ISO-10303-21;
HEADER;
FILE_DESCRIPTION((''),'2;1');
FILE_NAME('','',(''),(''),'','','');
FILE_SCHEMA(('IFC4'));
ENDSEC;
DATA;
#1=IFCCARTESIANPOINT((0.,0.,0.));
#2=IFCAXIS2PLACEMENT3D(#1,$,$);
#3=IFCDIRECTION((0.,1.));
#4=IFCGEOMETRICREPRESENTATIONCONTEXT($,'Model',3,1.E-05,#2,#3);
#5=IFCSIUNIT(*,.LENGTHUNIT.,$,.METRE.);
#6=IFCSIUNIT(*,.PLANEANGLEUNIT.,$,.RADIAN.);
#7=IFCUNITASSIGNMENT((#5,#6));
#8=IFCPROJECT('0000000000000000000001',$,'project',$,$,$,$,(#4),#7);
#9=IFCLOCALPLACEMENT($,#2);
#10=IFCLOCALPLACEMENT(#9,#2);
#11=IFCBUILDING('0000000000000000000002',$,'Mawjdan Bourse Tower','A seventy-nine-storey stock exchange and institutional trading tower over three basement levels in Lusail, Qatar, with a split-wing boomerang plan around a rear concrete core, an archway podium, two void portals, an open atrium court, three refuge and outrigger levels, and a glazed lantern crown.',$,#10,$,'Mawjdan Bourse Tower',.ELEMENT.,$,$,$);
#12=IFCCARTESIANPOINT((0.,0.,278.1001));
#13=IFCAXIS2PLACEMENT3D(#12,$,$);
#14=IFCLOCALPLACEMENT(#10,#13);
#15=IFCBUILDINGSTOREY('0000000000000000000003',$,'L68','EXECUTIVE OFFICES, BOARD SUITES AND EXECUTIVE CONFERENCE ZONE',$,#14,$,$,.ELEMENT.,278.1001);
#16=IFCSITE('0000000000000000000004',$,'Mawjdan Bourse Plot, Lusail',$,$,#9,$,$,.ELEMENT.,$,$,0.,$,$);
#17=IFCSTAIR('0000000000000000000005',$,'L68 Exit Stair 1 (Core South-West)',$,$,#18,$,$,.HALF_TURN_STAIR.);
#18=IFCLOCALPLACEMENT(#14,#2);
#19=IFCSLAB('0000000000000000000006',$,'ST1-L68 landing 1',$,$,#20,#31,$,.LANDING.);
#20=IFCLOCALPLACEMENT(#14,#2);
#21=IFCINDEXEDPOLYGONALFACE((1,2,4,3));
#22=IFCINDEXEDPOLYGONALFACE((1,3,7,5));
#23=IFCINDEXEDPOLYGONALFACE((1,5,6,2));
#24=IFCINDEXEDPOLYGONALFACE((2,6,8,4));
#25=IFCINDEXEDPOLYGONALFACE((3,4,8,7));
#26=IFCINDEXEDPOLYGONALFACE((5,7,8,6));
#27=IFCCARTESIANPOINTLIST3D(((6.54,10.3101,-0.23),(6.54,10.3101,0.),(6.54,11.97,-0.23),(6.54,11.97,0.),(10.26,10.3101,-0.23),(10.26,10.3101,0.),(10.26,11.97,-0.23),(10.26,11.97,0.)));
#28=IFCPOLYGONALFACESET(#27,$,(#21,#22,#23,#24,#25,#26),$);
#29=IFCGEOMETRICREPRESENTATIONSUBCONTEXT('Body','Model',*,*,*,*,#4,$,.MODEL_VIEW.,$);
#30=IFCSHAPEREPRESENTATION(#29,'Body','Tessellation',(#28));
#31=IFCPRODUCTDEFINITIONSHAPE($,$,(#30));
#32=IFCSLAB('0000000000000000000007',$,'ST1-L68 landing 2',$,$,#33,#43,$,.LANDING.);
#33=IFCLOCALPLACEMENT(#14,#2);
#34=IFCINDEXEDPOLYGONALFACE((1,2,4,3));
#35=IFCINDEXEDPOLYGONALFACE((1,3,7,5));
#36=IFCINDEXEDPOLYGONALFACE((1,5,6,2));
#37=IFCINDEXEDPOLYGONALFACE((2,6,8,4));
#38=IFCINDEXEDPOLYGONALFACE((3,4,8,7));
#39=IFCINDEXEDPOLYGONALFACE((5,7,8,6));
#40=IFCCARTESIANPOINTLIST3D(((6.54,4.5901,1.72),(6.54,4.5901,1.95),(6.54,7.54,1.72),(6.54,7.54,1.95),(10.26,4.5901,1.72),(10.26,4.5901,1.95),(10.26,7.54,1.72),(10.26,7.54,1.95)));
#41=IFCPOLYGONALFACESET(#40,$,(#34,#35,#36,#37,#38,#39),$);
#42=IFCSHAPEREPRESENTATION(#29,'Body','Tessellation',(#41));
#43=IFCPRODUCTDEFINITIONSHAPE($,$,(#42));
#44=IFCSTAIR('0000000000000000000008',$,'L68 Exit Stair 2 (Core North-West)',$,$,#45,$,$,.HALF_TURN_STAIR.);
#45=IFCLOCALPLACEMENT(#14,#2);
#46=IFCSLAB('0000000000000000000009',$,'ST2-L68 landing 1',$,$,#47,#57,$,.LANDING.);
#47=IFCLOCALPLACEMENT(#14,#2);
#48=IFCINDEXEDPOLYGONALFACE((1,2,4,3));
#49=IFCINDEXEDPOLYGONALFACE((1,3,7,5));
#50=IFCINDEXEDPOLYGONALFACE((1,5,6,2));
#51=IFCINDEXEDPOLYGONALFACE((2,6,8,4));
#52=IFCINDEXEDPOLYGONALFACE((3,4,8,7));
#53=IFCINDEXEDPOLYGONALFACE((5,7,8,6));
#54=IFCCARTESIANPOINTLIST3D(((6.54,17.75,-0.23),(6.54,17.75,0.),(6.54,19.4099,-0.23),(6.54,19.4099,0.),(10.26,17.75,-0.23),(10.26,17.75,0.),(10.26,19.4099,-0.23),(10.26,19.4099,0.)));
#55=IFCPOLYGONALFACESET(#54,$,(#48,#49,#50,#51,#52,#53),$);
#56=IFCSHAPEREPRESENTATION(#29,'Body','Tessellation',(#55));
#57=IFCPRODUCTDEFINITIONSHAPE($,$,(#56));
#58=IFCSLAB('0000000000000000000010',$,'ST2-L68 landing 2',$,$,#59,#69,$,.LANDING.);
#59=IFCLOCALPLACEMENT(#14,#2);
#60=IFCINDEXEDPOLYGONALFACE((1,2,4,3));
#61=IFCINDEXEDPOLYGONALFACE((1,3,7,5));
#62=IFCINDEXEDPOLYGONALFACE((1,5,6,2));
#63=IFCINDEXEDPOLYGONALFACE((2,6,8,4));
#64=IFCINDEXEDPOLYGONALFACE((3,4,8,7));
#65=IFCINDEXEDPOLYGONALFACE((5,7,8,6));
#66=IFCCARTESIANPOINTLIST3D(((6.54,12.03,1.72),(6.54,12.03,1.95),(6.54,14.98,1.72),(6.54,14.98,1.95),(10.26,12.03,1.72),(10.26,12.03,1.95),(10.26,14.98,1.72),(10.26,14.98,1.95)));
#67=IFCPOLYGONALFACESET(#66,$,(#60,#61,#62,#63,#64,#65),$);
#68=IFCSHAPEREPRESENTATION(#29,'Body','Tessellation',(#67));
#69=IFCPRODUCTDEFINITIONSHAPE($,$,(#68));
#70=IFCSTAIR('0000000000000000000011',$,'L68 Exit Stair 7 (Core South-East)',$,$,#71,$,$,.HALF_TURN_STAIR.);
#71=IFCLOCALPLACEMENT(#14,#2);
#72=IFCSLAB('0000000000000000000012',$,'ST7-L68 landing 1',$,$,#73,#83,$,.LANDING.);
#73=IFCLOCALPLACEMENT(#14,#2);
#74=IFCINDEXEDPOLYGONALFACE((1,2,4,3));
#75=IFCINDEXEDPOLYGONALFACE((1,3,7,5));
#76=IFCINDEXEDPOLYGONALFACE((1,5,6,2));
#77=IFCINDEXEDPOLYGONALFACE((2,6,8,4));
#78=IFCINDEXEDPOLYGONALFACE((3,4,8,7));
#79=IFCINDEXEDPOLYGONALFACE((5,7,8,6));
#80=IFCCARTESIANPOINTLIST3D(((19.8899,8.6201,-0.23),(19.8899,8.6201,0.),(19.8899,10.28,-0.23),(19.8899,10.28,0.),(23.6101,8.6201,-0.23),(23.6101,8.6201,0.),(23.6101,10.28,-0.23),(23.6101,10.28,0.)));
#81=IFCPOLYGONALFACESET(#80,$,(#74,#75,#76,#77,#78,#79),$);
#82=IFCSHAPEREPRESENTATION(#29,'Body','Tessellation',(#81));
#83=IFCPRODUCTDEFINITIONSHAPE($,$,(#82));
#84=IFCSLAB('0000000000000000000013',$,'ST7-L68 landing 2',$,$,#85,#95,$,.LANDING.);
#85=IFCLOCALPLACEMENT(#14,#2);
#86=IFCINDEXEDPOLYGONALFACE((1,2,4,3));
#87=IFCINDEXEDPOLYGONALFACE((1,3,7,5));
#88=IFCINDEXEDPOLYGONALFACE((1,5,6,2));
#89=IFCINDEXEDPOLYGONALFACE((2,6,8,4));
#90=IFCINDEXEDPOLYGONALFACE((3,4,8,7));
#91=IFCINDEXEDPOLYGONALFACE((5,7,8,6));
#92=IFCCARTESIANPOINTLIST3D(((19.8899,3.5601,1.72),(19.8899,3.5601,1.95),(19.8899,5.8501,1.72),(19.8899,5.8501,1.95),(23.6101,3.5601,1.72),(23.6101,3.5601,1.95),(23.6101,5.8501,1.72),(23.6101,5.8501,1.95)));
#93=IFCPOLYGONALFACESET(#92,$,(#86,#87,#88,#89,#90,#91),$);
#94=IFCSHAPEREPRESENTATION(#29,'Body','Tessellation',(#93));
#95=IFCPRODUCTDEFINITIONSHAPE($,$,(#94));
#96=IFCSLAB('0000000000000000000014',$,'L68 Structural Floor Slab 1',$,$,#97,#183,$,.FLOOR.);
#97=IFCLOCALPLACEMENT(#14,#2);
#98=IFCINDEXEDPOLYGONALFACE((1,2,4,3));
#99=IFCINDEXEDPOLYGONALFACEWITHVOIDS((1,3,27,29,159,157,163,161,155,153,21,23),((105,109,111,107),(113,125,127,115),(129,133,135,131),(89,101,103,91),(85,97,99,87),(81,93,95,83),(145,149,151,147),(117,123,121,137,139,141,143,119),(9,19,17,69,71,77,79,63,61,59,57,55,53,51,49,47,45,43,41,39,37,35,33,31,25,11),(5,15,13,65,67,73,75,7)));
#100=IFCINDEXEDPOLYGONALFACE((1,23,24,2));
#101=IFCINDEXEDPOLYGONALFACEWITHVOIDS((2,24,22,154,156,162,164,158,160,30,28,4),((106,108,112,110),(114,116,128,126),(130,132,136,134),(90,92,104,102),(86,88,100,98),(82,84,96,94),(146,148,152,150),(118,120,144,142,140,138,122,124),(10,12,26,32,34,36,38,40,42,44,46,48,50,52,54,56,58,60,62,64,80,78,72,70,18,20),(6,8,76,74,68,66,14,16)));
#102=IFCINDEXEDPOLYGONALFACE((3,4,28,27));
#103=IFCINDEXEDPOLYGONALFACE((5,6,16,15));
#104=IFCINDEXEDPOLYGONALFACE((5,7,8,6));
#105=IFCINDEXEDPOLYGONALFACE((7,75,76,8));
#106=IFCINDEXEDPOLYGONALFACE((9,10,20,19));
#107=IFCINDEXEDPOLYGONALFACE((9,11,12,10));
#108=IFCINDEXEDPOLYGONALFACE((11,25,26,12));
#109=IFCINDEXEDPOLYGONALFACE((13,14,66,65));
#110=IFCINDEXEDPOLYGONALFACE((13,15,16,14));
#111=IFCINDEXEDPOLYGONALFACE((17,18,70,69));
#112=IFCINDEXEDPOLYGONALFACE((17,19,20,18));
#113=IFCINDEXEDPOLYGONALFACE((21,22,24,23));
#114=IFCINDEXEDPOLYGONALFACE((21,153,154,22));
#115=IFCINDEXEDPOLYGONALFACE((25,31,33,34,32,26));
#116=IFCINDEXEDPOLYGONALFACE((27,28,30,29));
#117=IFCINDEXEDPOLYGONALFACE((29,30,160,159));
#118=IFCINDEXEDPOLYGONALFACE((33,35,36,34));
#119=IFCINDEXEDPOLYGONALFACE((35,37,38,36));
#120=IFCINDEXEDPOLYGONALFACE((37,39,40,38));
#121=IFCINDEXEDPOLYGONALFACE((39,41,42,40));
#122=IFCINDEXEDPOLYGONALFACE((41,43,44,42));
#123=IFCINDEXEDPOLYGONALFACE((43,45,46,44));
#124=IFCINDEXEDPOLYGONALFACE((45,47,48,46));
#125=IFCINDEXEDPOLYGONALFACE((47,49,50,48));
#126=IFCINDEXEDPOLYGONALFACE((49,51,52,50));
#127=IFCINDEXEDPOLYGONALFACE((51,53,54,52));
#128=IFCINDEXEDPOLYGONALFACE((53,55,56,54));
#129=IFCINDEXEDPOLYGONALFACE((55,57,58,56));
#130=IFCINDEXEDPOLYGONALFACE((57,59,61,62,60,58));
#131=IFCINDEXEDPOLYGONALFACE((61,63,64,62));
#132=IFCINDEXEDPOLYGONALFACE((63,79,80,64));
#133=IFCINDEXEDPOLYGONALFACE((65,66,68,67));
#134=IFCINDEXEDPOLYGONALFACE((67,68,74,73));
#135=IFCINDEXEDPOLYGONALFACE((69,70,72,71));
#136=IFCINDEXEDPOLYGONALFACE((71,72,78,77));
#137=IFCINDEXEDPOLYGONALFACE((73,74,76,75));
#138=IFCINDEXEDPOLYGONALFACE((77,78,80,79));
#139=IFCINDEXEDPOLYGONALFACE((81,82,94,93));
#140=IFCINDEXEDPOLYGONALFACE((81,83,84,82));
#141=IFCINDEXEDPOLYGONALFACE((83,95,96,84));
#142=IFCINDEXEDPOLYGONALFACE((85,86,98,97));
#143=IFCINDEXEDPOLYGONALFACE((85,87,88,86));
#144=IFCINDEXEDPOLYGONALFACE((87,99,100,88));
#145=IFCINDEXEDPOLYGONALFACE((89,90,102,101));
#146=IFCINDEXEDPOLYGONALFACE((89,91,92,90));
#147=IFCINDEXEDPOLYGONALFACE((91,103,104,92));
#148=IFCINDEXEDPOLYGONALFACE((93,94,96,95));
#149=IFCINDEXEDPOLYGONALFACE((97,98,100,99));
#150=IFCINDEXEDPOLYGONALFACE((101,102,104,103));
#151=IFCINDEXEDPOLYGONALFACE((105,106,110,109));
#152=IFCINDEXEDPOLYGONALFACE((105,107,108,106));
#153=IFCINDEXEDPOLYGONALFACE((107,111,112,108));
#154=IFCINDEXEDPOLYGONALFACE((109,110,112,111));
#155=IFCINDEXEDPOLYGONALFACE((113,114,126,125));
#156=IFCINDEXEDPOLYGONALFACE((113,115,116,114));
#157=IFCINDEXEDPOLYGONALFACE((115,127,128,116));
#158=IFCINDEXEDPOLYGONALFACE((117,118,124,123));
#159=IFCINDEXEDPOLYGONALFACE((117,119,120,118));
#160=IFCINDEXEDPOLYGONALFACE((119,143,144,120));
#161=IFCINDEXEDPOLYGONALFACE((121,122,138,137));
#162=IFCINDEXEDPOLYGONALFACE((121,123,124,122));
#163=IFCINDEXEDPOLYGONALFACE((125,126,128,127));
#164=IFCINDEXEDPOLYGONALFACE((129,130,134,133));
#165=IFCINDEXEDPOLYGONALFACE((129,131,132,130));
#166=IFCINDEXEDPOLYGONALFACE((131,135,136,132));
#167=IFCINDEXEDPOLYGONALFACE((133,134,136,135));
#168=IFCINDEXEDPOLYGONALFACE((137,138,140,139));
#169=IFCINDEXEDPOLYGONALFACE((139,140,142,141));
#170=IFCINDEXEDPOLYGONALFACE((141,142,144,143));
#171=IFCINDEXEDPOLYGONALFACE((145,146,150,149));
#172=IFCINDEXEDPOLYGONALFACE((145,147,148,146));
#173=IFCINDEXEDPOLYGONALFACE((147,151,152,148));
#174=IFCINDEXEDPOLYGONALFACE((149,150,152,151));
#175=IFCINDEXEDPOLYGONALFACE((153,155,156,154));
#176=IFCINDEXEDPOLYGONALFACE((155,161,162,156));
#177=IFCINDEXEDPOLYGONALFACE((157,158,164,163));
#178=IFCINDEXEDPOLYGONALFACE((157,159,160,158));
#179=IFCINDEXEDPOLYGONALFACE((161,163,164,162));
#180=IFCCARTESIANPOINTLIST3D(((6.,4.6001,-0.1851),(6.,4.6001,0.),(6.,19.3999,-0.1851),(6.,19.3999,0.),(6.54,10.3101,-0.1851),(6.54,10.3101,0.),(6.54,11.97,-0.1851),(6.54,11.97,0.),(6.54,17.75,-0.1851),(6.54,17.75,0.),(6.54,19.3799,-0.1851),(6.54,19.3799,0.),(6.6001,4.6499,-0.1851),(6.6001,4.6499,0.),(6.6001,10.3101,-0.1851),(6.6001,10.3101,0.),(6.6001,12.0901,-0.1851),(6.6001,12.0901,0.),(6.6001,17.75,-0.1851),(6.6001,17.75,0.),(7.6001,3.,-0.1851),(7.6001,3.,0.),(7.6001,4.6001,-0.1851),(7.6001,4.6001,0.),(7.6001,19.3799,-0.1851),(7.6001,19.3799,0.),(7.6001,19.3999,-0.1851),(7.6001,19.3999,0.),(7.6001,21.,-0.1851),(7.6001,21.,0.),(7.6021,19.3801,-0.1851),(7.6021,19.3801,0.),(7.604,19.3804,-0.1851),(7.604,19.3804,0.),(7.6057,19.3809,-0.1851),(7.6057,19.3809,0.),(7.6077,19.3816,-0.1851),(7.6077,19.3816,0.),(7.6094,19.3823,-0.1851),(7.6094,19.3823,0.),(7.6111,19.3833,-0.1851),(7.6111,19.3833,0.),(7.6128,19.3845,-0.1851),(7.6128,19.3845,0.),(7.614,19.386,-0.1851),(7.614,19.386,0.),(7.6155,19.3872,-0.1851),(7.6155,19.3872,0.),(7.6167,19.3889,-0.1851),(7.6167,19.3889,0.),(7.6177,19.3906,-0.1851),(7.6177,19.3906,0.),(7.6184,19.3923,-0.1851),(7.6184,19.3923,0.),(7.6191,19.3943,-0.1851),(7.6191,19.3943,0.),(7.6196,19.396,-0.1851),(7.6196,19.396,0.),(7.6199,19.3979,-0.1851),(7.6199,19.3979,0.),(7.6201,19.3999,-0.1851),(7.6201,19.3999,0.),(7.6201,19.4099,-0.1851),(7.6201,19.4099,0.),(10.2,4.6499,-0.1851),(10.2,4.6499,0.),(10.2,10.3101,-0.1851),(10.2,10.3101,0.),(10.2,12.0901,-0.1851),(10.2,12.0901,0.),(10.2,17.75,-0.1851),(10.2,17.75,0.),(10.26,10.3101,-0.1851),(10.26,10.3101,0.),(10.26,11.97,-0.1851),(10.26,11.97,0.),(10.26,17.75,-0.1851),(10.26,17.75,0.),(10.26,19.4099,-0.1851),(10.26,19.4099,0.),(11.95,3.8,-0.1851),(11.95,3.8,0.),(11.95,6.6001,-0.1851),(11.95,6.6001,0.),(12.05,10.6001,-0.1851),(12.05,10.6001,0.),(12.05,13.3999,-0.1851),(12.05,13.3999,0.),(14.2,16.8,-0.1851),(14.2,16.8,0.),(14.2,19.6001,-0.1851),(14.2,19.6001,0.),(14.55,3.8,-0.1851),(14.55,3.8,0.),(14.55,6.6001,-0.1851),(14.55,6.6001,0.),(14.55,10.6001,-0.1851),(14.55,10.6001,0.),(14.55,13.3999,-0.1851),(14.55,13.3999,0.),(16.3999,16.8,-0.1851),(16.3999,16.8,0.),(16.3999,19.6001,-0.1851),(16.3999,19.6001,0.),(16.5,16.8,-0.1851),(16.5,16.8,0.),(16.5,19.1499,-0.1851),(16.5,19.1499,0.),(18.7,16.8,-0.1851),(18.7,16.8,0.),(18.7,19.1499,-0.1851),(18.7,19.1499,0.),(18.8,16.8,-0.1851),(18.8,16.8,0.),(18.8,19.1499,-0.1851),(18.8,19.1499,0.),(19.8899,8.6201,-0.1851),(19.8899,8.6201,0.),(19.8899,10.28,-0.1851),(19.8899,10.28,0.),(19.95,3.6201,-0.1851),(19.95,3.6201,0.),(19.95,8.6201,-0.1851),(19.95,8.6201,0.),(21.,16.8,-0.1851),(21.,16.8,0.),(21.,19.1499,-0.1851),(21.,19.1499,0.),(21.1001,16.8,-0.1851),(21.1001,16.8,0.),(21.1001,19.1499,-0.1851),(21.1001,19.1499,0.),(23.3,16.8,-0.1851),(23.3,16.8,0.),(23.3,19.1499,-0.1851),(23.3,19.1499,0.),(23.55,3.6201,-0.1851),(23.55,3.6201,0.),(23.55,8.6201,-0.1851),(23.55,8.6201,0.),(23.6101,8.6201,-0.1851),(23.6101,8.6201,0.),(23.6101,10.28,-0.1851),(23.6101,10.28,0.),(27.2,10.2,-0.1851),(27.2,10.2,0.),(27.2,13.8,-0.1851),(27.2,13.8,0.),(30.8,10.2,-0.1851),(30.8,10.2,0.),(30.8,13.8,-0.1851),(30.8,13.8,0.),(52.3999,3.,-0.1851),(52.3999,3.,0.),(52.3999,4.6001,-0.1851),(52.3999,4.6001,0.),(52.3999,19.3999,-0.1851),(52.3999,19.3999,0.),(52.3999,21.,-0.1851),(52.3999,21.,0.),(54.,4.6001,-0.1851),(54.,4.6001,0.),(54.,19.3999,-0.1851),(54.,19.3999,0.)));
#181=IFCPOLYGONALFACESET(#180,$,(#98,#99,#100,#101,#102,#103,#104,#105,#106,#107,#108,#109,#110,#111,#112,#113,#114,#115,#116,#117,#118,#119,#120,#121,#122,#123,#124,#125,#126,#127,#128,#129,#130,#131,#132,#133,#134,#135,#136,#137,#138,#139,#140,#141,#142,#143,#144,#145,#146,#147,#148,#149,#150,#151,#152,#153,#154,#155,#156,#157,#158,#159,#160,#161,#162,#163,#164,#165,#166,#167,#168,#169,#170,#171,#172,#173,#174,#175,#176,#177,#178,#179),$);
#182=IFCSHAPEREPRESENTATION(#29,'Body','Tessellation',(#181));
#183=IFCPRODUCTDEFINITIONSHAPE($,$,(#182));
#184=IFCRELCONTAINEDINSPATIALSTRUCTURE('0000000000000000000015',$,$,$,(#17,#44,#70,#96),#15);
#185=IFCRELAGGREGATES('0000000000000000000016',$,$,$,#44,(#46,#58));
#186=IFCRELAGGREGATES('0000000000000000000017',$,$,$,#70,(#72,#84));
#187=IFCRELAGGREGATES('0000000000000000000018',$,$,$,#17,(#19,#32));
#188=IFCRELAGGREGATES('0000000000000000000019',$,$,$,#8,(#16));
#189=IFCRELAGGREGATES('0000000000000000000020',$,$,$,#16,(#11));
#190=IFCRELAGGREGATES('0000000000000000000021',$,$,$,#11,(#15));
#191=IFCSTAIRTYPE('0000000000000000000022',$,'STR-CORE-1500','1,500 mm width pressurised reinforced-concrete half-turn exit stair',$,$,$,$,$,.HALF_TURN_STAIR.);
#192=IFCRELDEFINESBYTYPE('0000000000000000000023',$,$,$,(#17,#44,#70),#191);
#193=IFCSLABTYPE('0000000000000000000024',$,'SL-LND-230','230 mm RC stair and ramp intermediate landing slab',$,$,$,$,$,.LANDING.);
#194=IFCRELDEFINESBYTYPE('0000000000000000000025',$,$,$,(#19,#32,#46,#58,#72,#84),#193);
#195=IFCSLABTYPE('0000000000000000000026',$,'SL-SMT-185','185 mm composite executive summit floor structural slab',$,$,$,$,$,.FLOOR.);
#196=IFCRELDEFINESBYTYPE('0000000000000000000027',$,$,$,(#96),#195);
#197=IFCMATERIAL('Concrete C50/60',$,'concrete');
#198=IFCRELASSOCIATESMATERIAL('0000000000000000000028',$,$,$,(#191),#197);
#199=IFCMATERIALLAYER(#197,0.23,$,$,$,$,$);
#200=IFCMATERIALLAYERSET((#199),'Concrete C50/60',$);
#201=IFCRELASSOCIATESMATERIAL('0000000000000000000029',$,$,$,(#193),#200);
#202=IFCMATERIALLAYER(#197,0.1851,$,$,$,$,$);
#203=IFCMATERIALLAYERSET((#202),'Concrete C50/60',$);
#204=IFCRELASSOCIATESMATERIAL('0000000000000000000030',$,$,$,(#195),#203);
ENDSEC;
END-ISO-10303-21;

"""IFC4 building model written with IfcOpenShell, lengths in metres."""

from ifc_helpers import new_model, si_unit, direction, frame, origin, place, context, subcontext, project, spatial, polyline, outline, extrude, material, layer, layer_set, type_object, element, aggregate, save


model = new_model("IFC4")

# Units and contexts
model_context = context("Model", 3, precision=1e-05, world=origin(), true_north=direction((0.0, 1.0)))
body_context = subcontext(model_context, "Body", "Model", "MODEL_VIEW")
ifc_project = project(units=[si_unit("LENGTHUNIT", "METRE"), si_unit("PLANEANGLEUNIT", "RADIAN")], contexts=[model_context])

# Site, building, storey
site_placement = place(None, origin())
site = spatial("IfcSite", under=ifc_project, at=site_placement, Name="Mawjdan Bourse Plot, Lusail", CompositionType="ELEMENT", RefElevation=0.0)
building_placement = place(site_placement, origin())
building = spatial("IfcBuilding", under=site, at=building_placement, Name="Mawjdan Bourse Tower", Description="A seventy-nine-storey stock exchange and institutional trading tower over three basement levels in Lusail, Qatar, with a split-wing boomerang plan around a rear concrete core, an archway podium, two void portals, an open atrium court, three refuge and outrigger levels, and a glazed lantern crown.", LongName="Mawjdan Bourse Tower", CompositionType="ELEMENT")
storey_placement = place(building_placement, frame((0.0, 0.0, 278.1001)))
storey = spatial("IfcBuildingStorey", under=building, at=storey_placement, Name="L68", Description="EXECUTIVE OFFICES, BOARD SUITES AND EXECUTIVE CONFERENCE ZONE", CompositionType="ELEMENT", Elevation=278.1001)

# Stairs, slabs
ifc_material_1 = material(Name="Concrete C50/60", Category="concrete")
stair_type = type_object("IfcStairType", Name="STR-CORE-1500", Description="1,500 mm width pressurised reinforced-concrete half-turn exit stair", PredefinedType="HALF_TURN_STAIR", material=ifc_material_1)
stair_1_placement = place(storey_placement, origin())
stair_1 = element("IfcStair", 1, at=stair_1_placement, inside=storey, type_object=stair_type, Name="L68 Exit Stair 1 (Core South-West)", PredefinedType="HALF_TURN_STAIR")
ifc_layer_1 = layer(ifc_material_1, 0.23)
ifc_layer_set_1 = layer_set([ifc_layer_1], Name="Concrete C50/60")
slab_type_1 = type_object("IfcSlabType", Name="SL-LND-230", Description="230 mm RC stair and ramp intermediate landing slab", PredefinedType="LANDING", material=ifc_layer_set_1)
slab_1_placement = place(storey_placement, frame((0.0, 0.0, -0.23)))
slab_1 = element("IfcSlab", 2, at=slab_1_placement, type_object=slab_type_1, Name="ST1-L68 landing 1", PredefinedType="LANDING", context=body_context, shape_type="SweptSolid", body=[
    extrude(outline(polyline([(6.54, 10.3101), (10.26, 10.3101), (10.26, 11.97), (6.54, 11.97), (6.54, 10.3101)])), origin(), (0.0, 0.0, 1.0), 0.23),
])
slab_2_placement = place(storey_placement, frame((0.0, 0.0, 1.72)))
slab_2 = element("IfcSlab", 3, at=slab_2_placement, type_object=slab_type_1, Name="ST1-L68 landing 2", PredefinedType="LANDING", context=body_context, shape_type="SweptSolid", body=[
    extrude(outline(polyline([(6.54, 4.5901), (10.26, 4.5901), (10.26, 7.54), (6.54, 7.54), (6.54, 4.5901)])), origin(), (0.0, 0.0, 1.0), 0.23),
])
stair_2_placement = place(storey_placement, origin())
stair_2 = element("IfcStair", 4, at=stair_2_placement, inside=storey, type_object=stair_type, Name="L68 Exit Stair 2 (Core North-West)", PredefinedType="HALF_TURN_STAIR")
slab_3_placement = place(storey_placement, frame((0.0, 0.0, -0.23)))
slab_3 = element("IfcSlab", 5, at=slab_3_placement, type_object=slab_type_1, Name="ST2-L68 landing 1", PredefinedType="LANDING", context=body_context, shape_type="SweptSolid", body=[
    extrude(outline(polyline([(6.54, 17.75), (10.26, 17.75), (10.26, 19.4099), (6.54, 19.4099), (6.54, 17.75)])), origin(), (0.0, 0.0, 1.0), 0.23),
])
slab_4_placement = place(storey_placement, frame((0.0, 0.0, 1.72)))
slab_4 = element("IfcSlab", 6, at=slab_4_placement, type_object=slab_type_1, Name="ST2-L68 landing 2", PredefinedType="LANDING", context=body_context, shape_type="SweptSolid", body=[
    extrude(outline(polyline([(6.54, 12.03), (10.26, 12.03), (10.26, 14.98), (6.54, 14.98), (6.54, 12.03)])), origin(), (0.0, 0.0, 1.0), 0.23),
])
aggregate(stair_2, [slab_3, slab_4])
stair_3_placement = place(storey_placement, origin())
stair_3 = element("IfcStair", 7, at=stair_3_placement, inside=storey, type_object=stair_type, Name="L68 Exit Stair 7 (Core South-East)", PredefinedType="HALF_TURN_STAIR")
slab_5_placement = place(storey_placement, frame((0.0, 0.0, -0.23)))
slab_5 = element("IfcSlab", 8, at=slab_5_placement, type_object=slab_type_1, Name="ST7-L68 landing 1", PredefinedType="LANDING", context=body_context, shape_type="SweptSolid", body=[
    extrude(outline(polyline([(19.8899, 8.6201), (23.6101, 8.6201), (23.6101, 10.28), (19.8899, 10.28), (19.8899, 8.6201)])), origin(), (0.0, 0.0, 1.0), 0.23),
])
slab_6_placement = place(storey_placement, frame((0.0, 0.0, 1.72)))
slab_6 = element("IfcSlab", 9, at=slab_6_placement, type_object=slab_type_1, Name="ST7-L68 landing 2", PredefinedType="LANDING", context=body_context, shape_type="SweptSolid", body=[
    extrude(outline(polyline([(19.8899, 3.5601), (23.6101, 3.5601), (23.6101, 5.8501), (19.8899, 5.8501), (19.8899, 3.5601)])), origin(), (0.0, 0.0, 1.0), 0.23),
])
aggregate(stair_3, [slab_5, slab_6])

# Slab
ifc_layer_2 = layer(ifc_material_1, 0.1851)
ifc_layer_set_2 = layer_set([ifc_layer_2], Name="Concrete C50/60")
slab_type_2 = type_object("IfcSlabType", Name="SL-SMT-185", Description="185 mm composite executive summit floor structural slab", PredefinedType="FLOOR", material=ifc_layer_set_2)
slab_7_placement = place(storey_placement, frame((0.0, 0.0, -0.1851)))
element("IfcSlab", 10, at=slab_7_placement, inside=storey, type_object=slab_type_2, Name="L68 Structural Floor Slab 1", PredefinedType="FLOOR", context=body_context, shape_type="SweptSolid", body=[
    extrude(outline(polyline([(7.6001, 3.0), (52.3999, 3.0), (52.3999, 4.6001), (54.0, 4.6001), (54.0, 19.3999), (52.3999, 19.3999), (52.3999, 21.0), (7.6001, 21.0), (7.6001, 19.3999), (6.0, 19.3999), (6.0, 4.6001), (7.6001, 4.6001), (7.6001, 3.0)]), holes=[polyline([(14.55, 3.8), (11.95, 3.8), (11.95, 6.6001), (14.55, 6.6001), (14.55, 3.8)]), polyline([(10.26, 11.97), (10.26, 10.3101), (10.2, 10.3101), (10.2, 4.6499), (6.6001, 4.6499), (6.6001, 10.3101), (6.54, 10.3101), (6.54, 11.97), (10.26, 11.97)]), polyline([(14.55, 10.6001), (12.05, 10.6001), (12.05, 13.3999), (14.55, 13.3999), (14.55, 10.6001)]), polyline([(6.6001, 12.0901), (6.6001, 17.75), (6.54, 17.75), (6.54, 19.3799), (7.6001, 19.3799), (7.6021, 19.3801), (7.604, 19.3804), (7.6057, 19.3809), (7.6077, 19.3816), (7.6094, 19.3823), (7.6111, 19.3833), (7.6128, 19.3845), (7.614, 19.386), (7.6155, 19.3872), (7.6167, 19.3889), (7.6177, 19.3906), (7.6184, 19.3923), (7.6191, 19.3943), (7.6196, 19.396), (7.6199, 19.3979), (7.6201, 19.3999), (7.6201, 19.4099), (10.26, 19.4099), (10.26, 17.75), (10.2, 17.75), (10.2, 12.0901), (6.6001, 12.0901)]), polyline([(14.2, 16.8), (14.2, 19.6001), (16.3999, 19.6001), (16.3999, 16.8), (14.2, 16.8)]), polyline([(23.6101, 10.28), (23.6101, 8.6201), (23.55, 8.6201), (23.55, 3.6201), (19.95, 3.6201), (19.95, 8.6201), (19.8899, 8.6201), (19.8899, 10.28), (23.6101, 10.28)]), polyline([(27.2, 10.2), (27.2, 13.8), (30.8, 13.8), (30.8, 10.2), (27.2, 10.2)]), polyline([(16.5, 16.8), (16.5, 19.1499), (18.7, 19.1499), (18.7, 16.8), (16.5, 16.8)]), polyline([(18.8, 16.8), (18.8, 19.1499), (21.0, 19.1499), (21.0, 16.8), (18.8, 16.8)]), polyline([(21.1001, 16.8), (21.1001, 19.1499), (23.3, 19.1499), (23.3, 16.8), (21.1001, 16.8)])]), origin(), (0.0, 0.0, 1.0), 0.1851),
])

aggregate(stair_1, [slab_1, slab_2])

save(model, "model.ifc")
